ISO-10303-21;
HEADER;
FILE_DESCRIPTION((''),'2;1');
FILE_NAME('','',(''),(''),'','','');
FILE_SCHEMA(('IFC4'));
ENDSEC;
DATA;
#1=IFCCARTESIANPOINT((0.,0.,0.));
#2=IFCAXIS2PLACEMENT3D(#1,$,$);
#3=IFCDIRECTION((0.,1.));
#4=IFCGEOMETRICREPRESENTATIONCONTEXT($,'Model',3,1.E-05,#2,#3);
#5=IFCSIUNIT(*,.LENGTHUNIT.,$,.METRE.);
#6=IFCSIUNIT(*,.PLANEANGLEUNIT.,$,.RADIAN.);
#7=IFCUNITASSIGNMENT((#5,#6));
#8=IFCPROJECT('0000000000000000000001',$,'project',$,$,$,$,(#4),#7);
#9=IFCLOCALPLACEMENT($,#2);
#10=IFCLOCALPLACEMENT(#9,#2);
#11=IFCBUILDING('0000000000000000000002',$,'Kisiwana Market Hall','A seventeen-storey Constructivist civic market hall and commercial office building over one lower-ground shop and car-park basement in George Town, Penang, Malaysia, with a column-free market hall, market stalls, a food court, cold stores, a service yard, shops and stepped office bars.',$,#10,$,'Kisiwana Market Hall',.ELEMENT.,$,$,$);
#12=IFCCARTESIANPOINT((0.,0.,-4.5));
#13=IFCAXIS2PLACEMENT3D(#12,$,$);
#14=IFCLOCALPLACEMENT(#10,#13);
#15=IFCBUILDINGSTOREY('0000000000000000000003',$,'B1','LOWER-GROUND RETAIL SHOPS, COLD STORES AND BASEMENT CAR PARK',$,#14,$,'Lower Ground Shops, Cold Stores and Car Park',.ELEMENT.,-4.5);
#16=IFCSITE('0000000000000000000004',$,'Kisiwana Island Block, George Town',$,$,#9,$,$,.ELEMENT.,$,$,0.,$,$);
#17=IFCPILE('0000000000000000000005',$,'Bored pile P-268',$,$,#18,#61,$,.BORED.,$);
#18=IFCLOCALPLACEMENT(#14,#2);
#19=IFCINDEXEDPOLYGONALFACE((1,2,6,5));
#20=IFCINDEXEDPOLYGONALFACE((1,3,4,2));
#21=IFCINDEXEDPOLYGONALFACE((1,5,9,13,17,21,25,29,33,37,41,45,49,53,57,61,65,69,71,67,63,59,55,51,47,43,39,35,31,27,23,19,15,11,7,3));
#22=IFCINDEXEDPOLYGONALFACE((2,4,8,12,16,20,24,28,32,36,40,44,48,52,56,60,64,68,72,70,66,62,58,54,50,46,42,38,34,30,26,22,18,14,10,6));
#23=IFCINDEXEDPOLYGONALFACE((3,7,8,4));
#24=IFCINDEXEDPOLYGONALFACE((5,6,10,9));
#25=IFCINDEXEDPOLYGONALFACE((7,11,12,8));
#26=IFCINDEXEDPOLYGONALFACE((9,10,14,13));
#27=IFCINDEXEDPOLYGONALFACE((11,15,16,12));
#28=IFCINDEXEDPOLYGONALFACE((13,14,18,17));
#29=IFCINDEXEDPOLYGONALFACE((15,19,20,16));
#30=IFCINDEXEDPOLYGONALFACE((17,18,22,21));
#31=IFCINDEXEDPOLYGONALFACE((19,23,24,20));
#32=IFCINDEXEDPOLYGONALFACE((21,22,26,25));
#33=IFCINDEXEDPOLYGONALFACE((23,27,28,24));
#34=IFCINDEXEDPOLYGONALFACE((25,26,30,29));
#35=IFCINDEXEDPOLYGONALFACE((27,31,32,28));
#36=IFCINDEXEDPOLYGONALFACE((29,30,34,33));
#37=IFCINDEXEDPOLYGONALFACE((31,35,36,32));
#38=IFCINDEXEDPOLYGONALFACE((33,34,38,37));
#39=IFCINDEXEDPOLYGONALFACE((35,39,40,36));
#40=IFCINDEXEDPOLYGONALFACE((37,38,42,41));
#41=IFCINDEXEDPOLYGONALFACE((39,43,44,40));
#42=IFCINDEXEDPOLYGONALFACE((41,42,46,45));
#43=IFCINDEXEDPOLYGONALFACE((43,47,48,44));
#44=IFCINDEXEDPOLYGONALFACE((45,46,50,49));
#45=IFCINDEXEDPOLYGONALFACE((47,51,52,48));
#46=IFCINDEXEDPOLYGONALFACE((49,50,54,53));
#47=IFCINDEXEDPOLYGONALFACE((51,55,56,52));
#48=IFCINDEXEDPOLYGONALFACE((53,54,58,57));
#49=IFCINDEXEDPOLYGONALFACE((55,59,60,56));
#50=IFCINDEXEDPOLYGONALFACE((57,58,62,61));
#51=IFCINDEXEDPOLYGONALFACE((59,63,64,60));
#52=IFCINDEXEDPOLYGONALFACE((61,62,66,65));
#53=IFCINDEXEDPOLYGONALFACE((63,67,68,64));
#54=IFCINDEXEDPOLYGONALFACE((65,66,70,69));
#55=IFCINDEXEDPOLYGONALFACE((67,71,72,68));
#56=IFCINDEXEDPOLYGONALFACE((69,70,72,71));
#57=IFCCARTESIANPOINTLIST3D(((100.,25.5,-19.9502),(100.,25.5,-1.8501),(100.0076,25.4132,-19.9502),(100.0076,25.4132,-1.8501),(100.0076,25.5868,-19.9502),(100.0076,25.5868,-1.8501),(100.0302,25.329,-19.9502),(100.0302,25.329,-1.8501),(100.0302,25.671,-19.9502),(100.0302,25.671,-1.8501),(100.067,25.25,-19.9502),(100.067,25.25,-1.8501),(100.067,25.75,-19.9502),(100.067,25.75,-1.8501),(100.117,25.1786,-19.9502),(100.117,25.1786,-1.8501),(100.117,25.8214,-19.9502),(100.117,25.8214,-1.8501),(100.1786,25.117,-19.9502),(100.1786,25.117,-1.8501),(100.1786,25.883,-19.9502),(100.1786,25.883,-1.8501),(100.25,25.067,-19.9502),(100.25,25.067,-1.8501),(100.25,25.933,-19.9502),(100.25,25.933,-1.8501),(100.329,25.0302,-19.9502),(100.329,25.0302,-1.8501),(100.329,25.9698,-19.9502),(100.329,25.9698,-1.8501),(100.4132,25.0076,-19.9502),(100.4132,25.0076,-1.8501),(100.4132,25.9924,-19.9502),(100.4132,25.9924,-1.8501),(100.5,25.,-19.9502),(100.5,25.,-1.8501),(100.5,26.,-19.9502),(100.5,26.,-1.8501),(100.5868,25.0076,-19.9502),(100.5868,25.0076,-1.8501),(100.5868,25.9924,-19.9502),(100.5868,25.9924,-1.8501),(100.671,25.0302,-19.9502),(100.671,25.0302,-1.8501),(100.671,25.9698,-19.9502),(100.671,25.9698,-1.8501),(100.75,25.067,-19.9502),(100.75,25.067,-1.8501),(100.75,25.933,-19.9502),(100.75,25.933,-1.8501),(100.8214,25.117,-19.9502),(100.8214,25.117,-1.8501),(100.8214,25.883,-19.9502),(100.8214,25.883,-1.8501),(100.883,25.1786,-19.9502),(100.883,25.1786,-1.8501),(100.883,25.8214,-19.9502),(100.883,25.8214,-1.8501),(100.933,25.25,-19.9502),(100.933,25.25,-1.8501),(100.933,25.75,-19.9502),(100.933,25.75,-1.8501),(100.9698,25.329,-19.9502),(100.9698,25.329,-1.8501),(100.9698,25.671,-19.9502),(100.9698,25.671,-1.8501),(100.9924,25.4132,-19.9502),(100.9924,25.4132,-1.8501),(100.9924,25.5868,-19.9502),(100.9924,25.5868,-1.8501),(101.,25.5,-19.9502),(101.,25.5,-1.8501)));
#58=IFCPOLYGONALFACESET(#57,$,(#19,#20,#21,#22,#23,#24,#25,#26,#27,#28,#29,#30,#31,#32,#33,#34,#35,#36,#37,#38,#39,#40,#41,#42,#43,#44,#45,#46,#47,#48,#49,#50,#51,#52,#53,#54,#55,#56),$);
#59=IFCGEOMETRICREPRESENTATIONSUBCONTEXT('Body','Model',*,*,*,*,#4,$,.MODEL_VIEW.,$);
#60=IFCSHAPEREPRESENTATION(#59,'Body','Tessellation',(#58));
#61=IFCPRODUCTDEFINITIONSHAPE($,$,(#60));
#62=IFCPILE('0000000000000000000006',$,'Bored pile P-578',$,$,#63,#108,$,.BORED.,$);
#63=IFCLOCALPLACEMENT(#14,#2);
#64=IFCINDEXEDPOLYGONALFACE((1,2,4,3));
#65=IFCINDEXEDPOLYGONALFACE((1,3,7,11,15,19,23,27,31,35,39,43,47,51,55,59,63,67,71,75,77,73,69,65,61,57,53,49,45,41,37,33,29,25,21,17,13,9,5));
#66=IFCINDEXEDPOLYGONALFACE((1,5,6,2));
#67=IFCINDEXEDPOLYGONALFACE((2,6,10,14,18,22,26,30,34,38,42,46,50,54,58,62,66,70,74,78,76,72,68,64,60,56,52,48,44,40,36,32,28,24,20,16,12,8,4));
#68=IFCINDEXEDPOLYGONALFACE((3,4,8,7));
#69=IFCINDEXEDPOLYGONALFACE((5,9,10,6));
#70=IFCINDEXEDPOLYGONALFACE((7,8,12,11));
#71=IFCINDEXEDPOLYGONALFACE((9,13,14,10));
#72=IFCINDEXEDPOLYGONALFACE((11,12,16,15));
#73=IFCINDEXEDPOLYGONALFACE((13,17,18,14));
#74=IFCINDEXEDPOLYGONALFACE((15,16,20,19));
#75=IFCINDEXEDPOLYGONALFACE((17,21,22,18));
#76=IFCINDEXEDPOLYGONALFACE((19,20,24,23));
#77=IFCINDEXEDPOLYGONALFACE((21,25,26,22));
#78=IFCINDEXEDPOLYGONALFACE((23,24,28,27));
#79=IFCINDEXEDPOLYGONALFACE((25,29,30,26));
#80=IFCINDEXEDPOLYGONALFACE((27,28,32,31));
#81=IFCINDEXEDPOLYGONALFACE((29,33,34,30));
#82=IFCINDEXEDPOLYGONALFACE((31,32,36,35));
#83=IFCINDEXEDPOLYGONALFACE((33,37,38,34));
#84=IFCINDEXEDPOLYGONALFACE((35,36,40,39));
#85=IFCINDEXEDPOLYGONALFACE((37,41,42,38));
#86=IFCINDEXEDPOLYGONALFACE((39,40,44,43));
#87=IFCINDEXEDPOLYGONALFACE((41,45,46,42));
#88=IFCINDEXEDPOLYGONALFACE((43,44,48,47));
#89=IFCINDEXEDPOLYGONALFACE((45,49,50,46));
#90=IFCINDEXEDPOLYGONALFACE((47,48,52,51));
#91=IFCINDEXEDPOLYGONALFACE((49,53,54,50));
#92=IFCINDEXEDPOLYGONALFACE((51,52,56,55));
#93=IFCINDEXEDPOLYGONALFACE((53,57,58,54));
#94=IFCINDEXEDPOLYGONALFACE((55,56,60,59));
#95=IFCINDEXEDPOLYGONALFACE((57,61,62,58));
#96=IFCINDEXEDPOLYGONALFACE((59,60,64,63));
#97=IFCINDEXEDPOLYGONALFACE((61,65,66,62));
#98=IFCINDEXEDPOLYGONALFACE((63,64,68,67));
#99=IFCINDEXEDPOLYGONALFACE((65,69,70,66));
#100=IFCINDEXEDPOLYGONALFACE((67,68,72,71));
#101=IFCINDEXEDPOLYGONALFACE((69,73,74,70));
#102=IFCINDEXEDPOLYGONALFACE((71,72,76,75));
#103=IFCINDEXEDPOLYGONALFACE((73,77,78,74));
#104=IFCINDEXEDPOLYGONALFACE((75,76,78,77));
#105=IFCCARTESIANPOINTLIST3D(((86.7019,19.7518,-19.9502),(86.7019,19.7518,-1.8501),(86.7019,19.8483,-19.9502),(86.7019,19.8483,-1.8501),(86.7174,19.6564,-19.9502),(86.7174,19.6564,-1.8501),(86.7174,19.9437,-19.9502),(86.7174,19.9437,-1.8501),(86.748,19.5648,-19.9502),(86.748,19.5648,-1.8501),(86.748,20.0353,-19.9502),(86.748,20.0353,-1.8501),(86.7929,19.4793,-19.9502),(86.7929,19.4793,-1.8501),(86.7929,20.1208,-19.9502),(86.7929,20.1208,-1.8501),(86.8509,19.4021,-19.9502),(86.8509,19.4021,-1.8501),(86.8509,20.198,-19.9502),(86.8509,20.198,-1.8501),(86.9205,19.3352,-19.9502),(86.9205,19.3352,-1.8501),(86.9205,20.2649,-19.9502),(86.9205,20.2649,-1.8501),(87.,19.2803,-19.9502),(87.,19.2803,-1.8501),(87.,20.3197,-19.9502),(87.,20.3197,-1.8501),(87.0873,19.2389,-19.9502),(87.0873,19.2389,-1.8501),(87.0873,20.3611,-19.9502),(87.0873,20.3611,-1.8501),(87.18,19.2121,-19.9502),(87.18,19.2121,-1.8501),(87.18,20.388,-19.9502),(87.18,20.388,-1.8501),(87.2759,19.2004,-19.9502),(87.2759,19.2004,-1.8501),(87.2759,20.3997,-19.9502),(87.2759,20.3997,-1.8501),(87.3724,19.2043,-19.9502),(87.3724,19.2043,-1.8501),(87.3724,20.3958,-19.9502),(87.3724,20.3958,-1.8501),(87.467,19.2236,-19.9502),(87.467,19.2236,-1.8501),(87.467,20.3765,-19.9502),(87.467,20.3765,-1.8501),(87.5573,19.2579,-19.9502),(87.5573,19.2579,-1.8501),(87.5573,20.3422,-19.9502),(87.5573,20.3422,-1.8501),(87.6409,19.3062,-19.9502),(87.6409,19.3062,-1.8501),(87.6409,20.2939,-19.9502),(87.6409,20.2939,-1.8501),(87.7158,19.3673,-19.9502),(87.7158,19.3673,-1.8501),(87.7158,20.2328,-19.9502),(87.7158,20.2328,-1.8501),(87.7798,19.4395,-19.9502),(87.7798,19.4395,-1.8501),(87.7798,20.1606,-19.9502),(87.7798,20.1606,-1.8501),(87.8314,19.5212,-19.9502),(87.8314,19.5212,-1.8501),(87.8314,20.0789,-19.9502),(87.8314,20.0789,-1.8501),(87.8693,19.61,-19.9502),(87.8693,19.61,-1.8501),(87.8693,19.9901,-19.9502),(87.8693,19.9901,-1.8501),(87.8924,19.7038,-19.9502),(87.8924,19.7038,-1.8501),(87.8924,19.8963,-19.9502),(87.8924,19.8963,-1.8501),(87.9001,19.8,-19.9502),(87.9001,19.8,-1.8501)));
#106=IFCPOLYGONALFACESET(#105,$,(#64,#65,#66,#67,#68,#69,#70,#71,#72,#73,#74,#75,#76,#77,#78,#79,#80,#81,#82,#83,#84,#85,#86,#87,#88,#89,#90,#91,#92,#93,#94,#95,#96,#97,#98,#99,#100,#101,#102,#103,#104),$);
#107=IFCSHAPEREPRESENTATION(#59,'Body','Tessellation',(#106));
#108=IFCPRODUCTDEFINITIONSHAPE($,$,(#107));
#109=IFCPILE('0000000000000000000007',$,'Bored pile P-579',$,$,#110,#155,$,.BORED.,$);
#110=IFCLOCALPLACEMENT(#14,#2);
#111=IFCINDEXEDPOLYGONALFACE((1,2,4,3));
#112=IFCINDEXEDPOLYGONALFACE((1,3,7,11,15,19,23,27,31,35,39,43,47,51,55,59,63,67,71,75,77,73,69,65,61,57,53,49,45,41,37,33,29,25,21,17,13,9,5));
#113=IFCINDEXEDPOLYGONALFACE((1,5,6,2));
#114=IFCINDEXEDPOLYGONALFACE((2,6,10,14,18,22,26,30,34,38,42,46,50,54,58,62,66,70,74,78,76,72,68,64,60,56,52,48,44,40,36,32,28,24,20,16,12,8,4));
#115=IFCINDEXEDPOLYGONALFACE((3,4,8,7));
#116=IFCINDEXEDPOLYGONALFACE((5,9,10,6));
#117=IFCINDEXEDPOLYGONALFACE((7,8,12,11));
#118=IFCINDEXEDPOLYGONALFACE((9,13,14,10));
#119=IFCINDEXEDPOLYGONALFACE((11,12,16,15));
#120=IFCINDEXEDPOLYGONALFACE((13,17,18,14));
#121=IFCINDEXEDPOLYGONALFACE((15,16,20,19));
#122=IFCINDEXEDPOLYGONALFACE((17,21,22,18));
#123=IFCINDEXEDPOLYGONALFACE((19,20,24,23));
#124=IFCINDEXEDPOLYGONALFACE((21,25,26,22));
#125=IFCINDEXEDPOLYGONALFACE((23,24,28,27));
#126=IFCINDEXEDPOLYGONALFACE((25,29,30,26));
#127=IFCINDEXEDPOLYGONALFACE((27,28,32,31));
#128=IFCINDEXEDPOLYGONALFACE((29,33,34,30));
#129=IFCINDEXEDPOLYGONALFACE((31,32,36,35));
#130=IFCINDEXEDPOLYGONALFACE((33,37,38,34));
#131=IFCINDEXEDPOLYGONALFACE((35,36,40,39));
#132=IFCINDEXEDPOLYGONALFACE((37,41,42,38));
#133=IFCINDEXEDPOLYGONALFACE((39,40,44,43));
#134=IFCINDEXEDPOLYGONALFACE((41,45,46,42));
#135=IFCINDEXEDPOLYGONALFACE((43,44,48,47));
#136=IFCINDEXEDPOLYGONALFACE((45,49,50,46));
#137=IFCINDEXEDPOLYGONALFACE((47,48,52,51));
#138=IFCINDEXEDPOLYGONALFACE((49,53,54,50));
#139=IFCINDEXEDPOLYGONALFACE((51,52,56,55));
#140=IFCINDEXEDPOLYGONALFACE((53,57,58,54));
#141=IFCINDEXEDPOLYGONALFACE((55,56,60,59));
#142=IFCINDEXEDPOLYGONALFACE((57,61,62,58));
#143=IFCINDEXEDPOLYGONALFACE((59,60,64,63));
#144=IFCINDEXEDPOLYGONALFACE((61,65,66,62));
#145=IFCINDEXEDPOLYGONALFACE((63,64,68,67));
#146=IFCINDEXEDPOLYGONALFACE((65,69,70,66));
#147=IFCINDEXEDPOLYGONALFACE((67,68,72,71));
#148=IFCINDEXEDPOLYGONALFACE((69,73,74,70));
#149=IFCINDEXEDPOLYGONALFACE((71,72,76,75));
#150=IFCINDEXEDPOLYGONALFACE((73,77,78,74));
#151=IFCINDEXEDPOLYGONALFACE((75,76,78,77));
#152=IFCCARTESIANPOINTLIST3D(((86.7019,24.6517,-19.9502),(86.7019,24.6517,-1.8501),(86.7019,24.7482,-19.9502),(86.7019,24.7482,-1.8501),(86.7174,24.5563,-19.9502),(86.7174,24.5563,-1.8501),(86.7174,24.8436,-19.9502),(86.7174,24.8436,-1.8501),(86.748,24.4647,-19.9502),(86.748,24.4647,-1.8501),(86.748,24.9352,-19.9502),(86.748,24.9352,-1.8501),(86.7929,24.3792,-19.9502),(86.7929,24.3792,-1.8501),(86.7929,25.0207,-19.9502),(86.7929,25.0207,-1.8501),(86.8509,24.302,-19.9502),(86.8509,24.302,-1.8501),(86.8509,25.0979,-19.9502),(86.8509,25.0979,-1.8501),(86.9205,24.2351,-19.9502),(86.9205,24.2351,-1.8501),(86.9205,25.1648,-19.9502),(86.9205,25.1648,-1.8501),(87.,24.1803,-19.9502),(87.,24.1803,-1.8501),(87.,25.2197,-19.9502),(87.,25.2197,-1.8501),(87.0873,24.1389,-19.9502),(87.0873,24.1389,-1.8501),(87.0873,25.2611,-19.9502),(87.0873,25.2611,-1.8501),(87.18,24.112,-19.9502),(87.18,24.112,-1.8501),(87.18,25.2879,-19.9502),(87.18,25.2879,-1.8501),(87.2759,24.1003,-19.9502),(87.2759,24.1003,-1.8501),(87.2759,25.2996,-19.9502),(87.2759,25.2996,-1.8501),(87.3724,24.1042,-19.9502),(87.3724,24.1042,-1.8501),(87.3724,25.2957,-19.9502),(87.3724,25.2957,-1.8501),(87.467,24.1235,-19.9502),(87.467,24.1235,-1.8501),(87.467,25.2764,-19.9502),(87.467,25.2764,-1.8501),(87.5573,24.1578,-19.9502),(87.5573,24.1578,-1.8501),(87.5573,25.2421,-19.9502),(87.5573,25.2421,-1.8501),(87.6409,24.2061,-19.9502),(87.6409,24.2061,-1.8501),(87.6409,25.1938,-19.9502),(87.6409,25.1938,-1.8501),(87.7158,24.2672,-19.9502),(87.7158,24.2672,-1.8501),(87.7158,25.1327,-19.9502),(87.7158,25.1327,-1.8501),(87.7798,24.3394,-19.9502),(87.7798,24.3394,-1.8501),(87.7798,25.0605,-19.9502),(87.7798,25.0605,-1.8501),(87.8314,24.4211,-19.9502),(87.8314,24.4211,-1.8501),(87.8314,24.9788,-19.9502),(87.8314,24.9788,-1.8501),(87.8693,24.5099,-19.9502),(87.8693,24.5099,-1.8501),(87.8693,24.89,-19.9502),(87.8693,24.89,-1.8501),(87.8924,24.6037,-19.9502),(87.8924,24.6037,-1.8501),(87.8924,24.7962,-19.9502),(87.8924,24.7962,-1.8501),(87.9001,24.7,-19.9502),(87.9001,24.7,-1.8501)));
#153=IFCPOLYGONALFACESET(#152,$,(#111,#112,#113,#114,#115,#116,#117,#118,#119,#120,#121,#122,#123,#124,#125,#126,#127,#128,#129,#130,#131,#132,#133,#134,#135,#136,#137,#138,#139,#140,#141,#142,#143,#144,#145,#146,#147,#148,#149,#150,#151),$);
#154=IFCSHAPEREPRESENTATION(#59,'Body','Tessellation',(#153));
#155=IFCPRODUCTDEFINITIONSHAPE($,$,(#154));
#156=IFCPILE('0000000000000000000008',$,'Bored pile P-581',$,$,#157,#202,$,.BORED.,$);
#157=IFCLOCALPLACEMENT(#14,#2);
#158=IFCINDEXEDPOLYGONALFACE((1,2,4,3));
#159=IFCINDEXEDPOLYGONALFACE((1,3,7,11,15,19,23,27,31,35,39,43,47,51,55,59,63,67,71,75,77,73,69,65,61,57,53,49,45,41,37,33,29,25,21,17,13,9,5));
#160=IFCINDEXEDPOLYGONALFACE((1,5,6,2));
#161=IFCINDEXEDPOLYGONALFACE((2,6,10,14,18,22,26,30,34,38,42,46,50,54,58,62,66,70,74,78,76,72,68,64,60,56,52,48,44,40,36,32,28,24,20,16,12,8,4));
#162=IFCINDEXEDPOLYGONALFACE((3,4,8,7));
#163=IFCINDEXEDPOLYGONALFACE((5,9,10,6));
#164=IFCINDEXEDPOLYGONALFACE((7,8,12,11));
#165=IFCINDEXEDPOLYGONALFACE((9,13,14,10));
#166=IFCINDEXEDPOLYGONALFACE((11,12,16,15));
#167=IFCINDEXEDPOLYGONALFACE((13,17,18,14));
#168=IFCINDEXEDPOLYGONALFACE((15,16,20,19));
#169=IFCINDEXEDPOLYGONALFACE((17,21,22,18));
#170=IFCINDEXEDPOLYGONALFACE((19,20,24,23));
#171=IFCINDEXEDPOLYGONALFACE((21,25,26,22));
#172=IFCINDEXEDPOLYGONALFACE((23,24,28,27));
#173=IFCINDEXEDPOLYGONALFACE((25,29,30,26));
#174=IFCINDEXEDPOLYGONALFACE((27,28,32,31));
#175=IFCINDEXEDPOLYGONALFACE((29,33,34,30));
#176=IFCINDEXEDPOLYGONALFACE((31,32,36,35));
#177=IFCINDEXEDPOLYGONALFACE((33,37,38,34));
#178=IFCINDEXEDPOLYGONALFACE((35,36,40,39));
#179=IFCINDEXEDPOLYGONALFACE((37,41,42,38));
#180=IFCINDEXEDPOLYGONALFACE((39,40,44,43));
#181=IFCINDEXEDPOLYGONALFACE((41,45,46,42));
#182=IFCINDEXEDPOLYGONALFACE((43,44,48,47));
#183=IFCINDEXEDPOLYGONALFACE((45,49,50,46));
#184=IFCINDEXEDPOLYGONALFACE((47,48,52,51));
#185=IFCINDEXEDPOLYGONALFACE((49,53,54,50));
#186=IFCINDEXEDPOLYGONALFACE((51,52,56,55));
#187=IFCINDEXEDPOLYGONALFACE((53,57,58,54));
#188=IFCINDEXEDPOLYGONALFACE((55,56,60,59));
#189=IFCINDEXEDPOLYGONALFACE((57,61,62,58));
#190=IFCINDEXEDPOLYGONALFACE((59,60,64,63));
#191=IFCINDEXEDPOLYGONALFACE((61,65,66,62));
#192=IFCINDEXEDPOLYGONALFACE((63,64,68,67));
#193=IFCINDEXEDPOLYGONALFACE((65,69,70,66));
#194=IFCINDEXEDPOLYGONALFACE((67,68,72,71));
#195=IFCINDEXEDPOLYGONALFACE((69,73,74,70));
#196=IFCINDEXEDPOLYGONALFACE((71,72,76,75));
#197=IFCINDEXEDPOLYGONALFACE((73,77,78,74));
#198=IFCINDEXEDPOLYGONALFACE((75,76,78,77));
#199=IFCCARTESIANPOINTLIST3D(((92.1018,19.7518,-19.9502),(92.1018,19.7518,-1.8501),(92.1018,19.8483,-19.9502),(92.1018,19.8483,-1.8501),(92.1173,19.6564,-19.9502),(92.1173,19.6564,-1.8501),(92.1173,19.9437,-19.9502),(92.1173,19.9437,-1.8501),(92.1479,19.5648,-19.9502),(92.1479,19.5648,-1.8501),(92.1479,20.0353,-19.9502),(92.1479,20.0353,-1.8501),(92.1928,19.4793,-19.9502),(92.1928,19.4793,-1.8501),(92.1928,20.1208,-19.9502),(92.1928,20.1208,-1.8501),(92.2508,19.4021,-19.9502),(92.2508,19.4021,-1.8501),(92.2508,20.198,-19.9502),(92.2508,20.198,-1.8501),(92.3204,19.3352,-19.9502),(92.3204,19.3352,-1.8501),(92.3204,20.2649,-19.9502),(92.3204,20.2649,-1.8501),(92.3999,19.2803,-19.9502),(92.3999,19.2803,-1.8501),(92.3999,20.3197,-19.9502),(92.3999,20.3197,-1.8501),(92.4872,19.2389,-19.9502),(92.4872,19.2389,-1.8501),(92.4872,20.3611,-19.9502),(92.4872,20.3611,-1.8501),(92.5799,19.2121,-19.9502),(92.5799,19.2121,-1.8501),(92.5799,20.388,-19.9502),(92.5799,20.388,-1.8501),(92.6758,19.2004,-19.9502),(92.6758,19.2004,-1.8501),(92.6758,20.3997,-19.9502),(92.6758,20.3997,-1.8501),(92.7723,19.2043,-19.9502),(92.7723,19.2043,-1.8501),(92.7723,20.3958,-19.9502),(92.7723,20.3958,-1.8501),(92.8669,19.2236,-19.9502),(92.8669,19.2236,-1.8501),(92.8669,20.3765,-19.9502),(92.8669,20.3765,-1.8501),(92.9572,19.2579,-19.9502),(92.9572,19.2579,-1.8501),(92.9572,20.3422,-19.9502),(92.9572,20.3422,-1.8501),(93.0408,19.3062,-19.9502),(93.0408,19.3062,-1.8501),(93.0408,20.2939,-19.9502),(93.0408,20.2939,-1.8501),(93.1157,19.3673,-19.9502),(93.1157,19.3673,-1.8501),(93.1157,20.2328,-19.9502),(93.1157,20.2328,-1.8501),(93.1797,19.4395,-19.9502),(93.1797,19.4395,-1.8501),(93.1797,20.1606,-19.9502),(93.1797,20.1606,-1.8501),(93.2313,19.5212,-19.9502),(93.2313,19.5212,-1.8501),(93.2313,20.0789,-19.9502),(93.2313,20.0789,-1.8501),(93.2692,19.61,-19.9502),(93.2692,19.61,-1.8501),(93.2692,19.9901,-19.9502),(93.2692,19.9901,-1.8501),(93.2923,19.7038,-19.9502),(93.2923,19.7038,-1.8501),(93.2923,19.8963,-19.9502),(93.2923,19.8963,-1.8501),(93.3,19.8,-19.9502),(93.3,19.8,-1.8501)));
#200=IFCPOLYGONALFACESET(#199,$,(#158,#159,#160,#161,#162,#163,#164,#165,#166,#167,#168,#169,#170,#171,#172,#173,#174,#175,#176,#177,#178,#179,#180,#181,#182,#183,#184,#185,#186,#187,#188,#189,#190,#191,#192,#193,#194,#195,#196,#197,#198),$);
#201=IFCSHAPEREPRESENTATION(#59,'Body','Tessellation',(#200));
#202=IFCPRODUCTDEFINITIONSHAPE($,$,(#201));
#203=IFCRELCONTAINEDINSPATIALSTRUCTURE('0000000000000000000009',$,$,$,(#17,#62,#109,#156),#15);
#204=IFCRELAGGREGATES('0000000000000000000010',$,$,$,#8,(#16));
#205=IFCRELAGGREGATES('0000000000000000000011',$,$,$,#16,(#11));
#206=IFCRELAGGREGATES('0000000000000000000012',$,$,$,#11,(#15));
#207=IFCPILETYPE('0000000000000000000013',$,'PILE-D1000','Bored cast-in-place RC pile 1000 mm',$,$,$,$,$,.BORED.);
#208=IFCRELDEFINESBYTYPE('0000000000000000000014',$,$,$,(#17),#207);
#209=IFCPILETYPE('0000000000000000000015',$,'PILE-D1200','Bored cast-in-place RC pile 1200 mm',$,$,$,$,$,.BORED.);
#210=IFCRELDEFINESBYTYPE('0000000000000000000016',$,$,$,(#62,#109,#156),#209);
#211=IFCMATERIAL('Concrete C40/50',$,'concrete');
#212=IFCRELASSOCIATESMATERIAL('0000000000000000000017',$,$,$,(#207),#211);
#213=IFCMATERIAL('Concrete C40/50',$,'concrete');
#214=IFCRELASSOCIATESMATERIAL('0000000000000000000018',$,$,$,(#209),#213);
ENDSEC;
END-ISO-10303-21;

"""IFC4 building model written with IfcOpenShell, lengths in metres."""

from ifc_helpers import new_model, si_unit, direction, frame, origin, origin_2d, place, context, subcontext, project, spatial, circle, extrude, material, material_profile, profile_set, type_object, element, save


model = new_model("IFC4")

# Units and contexts
model_context = context("Model", 3, precision=1e-05, world=origin(), true_north=direction((0.0, 1.0)))
body_context = subcontext(model_context, "Body", "Model", "MODEL_VIEW")
ifc_project = project(units=[si_unit("LENGTHUNIT", "METRE"), si_unit("PLANEANGLEUNIT", "RADIAN")], contexts=[model_context])

# Site, building, storey
site_placement = place(None, origin())
site = spatial("IfcSite", under=ifc_project, at=site_placement, Name="Kisiwana Island Block, George Town", CompositionType="ELEMENT", RefElevation=0.0)
building_placement = place(site_placement, origin())
building = spatial("IfcBuilding", under=site, at=building_placement, Name="Kisiwana Market Hall", Description="A seventeen-storey Constructivist civic market hall and commercial office building over one lower-ground shop and car-park basement in George Town, Penang, Malaysia, with a column-free market hall, market stalls, a food court, cold stores, a service yard, shops and stepped office bars.", LongName="Kisiwana Market Hall", CompositionType="ELEMENT")
storey_placement = place(building_placement, frame((0.0, 0.0, -4.5)))
storey = spatial("IfcBuildingStorey", under=building, at=storey_placement, Name="B1", Description="LOWER-GROUND RETAIL SHOPS, COLD STORES AND BASEMENT CAR PARK", LongName="Lower Ground Shops, Cold Stores and Car Park", CompositionType="ELEMENT", Elevation=-4.5)

# Piles
ifc_material_1 = material(Name="Concrete C40/50", Category="concrete")
ifc_material_profile_1 = material_profile(ifc_material_1, circle(Radius=0.5, at=origin_2d()), Name="BP D1000")
ifc_profile_set_1 = profile_set([ifc_material_profile_1], Name="Concrete C40/50")
pile_type_1 = type_object("IfcPileType", Name="PILE-D1000", Description="Bored cast-in-place RC pile 1000 mm", PredefinedType="BORED", material=ifc_profile_set_1)
for number, where, z_axis, x_axis, name in (
    (1, (100.5, 25.5, -1.8501), (0.0, 0.0, -1.0), (1.0, 0.0, 0.0), "Bored pile P-268"),
):
    element("IfcPile", number, at=place(storey_placement, frame(where, z_axis=z_axis, x_axis=x_axis)), inside=storey, type_object=pile_type_1, Name=name, PredefinedType="BORED", context=body_context, shape_type="SweptSolid", body=[
        extrude(circle(Radius=0.5, at=origin_2d()), origin(), (0.0, 0.0, 1.0), 18.1001),
    ])
ifc_material_2 = material(Name="Concrete C40/50", Category="concrete")
ifc_material_profile_2 = material_profile(ifc_material_2, circle(Radius=0.6001, at=origin_2d()), Name="BP D1200")
ifc_profile_set_2 = profile_set([ifc_material_profile_2], Name="Concrete C40/50")
pile_type_2 = type_object("IfcPileType", Name="PILE-D1200", Description="Bored cast-in-place RC pile 1200 mm", PredefinedType="BORED", material=ifc_profile_set_2)
for number, where, z_axis, x_axis, name in (
    (2, (87.3, 19.8, -1.8501), (0.0, 0.0, -1.0), (1.0, 0.0, 0.0), "Bored pile P-578"),
    (3, (87.3, 24.7, -1.8501), (0.0, 0.0, -1.0), (1.0, 0.0, 0.0), "Bored pile P-579"),
    (4, (92.7, 19.8, -1.8501), (0.0, 0.0, -1.0), (1.0, 0.0, 0.0), "Bored pile P-581"),
):
    element("IfcPile", number, at=place(storey_placement, frame(where, z_axis=z_axis, x_axis=x_axis)), inside=storey, type_object=pile_type_2, Name=name, PredefinedType="BORED", context=body_context, shape_type="SweptSolid", body=[
        extrude(circle(Radius=0.6001, at=origin_2d()), origin(), (0.0, 0.0, 1.0), 18.1001),
    ])

save(model, "model.ifc")
